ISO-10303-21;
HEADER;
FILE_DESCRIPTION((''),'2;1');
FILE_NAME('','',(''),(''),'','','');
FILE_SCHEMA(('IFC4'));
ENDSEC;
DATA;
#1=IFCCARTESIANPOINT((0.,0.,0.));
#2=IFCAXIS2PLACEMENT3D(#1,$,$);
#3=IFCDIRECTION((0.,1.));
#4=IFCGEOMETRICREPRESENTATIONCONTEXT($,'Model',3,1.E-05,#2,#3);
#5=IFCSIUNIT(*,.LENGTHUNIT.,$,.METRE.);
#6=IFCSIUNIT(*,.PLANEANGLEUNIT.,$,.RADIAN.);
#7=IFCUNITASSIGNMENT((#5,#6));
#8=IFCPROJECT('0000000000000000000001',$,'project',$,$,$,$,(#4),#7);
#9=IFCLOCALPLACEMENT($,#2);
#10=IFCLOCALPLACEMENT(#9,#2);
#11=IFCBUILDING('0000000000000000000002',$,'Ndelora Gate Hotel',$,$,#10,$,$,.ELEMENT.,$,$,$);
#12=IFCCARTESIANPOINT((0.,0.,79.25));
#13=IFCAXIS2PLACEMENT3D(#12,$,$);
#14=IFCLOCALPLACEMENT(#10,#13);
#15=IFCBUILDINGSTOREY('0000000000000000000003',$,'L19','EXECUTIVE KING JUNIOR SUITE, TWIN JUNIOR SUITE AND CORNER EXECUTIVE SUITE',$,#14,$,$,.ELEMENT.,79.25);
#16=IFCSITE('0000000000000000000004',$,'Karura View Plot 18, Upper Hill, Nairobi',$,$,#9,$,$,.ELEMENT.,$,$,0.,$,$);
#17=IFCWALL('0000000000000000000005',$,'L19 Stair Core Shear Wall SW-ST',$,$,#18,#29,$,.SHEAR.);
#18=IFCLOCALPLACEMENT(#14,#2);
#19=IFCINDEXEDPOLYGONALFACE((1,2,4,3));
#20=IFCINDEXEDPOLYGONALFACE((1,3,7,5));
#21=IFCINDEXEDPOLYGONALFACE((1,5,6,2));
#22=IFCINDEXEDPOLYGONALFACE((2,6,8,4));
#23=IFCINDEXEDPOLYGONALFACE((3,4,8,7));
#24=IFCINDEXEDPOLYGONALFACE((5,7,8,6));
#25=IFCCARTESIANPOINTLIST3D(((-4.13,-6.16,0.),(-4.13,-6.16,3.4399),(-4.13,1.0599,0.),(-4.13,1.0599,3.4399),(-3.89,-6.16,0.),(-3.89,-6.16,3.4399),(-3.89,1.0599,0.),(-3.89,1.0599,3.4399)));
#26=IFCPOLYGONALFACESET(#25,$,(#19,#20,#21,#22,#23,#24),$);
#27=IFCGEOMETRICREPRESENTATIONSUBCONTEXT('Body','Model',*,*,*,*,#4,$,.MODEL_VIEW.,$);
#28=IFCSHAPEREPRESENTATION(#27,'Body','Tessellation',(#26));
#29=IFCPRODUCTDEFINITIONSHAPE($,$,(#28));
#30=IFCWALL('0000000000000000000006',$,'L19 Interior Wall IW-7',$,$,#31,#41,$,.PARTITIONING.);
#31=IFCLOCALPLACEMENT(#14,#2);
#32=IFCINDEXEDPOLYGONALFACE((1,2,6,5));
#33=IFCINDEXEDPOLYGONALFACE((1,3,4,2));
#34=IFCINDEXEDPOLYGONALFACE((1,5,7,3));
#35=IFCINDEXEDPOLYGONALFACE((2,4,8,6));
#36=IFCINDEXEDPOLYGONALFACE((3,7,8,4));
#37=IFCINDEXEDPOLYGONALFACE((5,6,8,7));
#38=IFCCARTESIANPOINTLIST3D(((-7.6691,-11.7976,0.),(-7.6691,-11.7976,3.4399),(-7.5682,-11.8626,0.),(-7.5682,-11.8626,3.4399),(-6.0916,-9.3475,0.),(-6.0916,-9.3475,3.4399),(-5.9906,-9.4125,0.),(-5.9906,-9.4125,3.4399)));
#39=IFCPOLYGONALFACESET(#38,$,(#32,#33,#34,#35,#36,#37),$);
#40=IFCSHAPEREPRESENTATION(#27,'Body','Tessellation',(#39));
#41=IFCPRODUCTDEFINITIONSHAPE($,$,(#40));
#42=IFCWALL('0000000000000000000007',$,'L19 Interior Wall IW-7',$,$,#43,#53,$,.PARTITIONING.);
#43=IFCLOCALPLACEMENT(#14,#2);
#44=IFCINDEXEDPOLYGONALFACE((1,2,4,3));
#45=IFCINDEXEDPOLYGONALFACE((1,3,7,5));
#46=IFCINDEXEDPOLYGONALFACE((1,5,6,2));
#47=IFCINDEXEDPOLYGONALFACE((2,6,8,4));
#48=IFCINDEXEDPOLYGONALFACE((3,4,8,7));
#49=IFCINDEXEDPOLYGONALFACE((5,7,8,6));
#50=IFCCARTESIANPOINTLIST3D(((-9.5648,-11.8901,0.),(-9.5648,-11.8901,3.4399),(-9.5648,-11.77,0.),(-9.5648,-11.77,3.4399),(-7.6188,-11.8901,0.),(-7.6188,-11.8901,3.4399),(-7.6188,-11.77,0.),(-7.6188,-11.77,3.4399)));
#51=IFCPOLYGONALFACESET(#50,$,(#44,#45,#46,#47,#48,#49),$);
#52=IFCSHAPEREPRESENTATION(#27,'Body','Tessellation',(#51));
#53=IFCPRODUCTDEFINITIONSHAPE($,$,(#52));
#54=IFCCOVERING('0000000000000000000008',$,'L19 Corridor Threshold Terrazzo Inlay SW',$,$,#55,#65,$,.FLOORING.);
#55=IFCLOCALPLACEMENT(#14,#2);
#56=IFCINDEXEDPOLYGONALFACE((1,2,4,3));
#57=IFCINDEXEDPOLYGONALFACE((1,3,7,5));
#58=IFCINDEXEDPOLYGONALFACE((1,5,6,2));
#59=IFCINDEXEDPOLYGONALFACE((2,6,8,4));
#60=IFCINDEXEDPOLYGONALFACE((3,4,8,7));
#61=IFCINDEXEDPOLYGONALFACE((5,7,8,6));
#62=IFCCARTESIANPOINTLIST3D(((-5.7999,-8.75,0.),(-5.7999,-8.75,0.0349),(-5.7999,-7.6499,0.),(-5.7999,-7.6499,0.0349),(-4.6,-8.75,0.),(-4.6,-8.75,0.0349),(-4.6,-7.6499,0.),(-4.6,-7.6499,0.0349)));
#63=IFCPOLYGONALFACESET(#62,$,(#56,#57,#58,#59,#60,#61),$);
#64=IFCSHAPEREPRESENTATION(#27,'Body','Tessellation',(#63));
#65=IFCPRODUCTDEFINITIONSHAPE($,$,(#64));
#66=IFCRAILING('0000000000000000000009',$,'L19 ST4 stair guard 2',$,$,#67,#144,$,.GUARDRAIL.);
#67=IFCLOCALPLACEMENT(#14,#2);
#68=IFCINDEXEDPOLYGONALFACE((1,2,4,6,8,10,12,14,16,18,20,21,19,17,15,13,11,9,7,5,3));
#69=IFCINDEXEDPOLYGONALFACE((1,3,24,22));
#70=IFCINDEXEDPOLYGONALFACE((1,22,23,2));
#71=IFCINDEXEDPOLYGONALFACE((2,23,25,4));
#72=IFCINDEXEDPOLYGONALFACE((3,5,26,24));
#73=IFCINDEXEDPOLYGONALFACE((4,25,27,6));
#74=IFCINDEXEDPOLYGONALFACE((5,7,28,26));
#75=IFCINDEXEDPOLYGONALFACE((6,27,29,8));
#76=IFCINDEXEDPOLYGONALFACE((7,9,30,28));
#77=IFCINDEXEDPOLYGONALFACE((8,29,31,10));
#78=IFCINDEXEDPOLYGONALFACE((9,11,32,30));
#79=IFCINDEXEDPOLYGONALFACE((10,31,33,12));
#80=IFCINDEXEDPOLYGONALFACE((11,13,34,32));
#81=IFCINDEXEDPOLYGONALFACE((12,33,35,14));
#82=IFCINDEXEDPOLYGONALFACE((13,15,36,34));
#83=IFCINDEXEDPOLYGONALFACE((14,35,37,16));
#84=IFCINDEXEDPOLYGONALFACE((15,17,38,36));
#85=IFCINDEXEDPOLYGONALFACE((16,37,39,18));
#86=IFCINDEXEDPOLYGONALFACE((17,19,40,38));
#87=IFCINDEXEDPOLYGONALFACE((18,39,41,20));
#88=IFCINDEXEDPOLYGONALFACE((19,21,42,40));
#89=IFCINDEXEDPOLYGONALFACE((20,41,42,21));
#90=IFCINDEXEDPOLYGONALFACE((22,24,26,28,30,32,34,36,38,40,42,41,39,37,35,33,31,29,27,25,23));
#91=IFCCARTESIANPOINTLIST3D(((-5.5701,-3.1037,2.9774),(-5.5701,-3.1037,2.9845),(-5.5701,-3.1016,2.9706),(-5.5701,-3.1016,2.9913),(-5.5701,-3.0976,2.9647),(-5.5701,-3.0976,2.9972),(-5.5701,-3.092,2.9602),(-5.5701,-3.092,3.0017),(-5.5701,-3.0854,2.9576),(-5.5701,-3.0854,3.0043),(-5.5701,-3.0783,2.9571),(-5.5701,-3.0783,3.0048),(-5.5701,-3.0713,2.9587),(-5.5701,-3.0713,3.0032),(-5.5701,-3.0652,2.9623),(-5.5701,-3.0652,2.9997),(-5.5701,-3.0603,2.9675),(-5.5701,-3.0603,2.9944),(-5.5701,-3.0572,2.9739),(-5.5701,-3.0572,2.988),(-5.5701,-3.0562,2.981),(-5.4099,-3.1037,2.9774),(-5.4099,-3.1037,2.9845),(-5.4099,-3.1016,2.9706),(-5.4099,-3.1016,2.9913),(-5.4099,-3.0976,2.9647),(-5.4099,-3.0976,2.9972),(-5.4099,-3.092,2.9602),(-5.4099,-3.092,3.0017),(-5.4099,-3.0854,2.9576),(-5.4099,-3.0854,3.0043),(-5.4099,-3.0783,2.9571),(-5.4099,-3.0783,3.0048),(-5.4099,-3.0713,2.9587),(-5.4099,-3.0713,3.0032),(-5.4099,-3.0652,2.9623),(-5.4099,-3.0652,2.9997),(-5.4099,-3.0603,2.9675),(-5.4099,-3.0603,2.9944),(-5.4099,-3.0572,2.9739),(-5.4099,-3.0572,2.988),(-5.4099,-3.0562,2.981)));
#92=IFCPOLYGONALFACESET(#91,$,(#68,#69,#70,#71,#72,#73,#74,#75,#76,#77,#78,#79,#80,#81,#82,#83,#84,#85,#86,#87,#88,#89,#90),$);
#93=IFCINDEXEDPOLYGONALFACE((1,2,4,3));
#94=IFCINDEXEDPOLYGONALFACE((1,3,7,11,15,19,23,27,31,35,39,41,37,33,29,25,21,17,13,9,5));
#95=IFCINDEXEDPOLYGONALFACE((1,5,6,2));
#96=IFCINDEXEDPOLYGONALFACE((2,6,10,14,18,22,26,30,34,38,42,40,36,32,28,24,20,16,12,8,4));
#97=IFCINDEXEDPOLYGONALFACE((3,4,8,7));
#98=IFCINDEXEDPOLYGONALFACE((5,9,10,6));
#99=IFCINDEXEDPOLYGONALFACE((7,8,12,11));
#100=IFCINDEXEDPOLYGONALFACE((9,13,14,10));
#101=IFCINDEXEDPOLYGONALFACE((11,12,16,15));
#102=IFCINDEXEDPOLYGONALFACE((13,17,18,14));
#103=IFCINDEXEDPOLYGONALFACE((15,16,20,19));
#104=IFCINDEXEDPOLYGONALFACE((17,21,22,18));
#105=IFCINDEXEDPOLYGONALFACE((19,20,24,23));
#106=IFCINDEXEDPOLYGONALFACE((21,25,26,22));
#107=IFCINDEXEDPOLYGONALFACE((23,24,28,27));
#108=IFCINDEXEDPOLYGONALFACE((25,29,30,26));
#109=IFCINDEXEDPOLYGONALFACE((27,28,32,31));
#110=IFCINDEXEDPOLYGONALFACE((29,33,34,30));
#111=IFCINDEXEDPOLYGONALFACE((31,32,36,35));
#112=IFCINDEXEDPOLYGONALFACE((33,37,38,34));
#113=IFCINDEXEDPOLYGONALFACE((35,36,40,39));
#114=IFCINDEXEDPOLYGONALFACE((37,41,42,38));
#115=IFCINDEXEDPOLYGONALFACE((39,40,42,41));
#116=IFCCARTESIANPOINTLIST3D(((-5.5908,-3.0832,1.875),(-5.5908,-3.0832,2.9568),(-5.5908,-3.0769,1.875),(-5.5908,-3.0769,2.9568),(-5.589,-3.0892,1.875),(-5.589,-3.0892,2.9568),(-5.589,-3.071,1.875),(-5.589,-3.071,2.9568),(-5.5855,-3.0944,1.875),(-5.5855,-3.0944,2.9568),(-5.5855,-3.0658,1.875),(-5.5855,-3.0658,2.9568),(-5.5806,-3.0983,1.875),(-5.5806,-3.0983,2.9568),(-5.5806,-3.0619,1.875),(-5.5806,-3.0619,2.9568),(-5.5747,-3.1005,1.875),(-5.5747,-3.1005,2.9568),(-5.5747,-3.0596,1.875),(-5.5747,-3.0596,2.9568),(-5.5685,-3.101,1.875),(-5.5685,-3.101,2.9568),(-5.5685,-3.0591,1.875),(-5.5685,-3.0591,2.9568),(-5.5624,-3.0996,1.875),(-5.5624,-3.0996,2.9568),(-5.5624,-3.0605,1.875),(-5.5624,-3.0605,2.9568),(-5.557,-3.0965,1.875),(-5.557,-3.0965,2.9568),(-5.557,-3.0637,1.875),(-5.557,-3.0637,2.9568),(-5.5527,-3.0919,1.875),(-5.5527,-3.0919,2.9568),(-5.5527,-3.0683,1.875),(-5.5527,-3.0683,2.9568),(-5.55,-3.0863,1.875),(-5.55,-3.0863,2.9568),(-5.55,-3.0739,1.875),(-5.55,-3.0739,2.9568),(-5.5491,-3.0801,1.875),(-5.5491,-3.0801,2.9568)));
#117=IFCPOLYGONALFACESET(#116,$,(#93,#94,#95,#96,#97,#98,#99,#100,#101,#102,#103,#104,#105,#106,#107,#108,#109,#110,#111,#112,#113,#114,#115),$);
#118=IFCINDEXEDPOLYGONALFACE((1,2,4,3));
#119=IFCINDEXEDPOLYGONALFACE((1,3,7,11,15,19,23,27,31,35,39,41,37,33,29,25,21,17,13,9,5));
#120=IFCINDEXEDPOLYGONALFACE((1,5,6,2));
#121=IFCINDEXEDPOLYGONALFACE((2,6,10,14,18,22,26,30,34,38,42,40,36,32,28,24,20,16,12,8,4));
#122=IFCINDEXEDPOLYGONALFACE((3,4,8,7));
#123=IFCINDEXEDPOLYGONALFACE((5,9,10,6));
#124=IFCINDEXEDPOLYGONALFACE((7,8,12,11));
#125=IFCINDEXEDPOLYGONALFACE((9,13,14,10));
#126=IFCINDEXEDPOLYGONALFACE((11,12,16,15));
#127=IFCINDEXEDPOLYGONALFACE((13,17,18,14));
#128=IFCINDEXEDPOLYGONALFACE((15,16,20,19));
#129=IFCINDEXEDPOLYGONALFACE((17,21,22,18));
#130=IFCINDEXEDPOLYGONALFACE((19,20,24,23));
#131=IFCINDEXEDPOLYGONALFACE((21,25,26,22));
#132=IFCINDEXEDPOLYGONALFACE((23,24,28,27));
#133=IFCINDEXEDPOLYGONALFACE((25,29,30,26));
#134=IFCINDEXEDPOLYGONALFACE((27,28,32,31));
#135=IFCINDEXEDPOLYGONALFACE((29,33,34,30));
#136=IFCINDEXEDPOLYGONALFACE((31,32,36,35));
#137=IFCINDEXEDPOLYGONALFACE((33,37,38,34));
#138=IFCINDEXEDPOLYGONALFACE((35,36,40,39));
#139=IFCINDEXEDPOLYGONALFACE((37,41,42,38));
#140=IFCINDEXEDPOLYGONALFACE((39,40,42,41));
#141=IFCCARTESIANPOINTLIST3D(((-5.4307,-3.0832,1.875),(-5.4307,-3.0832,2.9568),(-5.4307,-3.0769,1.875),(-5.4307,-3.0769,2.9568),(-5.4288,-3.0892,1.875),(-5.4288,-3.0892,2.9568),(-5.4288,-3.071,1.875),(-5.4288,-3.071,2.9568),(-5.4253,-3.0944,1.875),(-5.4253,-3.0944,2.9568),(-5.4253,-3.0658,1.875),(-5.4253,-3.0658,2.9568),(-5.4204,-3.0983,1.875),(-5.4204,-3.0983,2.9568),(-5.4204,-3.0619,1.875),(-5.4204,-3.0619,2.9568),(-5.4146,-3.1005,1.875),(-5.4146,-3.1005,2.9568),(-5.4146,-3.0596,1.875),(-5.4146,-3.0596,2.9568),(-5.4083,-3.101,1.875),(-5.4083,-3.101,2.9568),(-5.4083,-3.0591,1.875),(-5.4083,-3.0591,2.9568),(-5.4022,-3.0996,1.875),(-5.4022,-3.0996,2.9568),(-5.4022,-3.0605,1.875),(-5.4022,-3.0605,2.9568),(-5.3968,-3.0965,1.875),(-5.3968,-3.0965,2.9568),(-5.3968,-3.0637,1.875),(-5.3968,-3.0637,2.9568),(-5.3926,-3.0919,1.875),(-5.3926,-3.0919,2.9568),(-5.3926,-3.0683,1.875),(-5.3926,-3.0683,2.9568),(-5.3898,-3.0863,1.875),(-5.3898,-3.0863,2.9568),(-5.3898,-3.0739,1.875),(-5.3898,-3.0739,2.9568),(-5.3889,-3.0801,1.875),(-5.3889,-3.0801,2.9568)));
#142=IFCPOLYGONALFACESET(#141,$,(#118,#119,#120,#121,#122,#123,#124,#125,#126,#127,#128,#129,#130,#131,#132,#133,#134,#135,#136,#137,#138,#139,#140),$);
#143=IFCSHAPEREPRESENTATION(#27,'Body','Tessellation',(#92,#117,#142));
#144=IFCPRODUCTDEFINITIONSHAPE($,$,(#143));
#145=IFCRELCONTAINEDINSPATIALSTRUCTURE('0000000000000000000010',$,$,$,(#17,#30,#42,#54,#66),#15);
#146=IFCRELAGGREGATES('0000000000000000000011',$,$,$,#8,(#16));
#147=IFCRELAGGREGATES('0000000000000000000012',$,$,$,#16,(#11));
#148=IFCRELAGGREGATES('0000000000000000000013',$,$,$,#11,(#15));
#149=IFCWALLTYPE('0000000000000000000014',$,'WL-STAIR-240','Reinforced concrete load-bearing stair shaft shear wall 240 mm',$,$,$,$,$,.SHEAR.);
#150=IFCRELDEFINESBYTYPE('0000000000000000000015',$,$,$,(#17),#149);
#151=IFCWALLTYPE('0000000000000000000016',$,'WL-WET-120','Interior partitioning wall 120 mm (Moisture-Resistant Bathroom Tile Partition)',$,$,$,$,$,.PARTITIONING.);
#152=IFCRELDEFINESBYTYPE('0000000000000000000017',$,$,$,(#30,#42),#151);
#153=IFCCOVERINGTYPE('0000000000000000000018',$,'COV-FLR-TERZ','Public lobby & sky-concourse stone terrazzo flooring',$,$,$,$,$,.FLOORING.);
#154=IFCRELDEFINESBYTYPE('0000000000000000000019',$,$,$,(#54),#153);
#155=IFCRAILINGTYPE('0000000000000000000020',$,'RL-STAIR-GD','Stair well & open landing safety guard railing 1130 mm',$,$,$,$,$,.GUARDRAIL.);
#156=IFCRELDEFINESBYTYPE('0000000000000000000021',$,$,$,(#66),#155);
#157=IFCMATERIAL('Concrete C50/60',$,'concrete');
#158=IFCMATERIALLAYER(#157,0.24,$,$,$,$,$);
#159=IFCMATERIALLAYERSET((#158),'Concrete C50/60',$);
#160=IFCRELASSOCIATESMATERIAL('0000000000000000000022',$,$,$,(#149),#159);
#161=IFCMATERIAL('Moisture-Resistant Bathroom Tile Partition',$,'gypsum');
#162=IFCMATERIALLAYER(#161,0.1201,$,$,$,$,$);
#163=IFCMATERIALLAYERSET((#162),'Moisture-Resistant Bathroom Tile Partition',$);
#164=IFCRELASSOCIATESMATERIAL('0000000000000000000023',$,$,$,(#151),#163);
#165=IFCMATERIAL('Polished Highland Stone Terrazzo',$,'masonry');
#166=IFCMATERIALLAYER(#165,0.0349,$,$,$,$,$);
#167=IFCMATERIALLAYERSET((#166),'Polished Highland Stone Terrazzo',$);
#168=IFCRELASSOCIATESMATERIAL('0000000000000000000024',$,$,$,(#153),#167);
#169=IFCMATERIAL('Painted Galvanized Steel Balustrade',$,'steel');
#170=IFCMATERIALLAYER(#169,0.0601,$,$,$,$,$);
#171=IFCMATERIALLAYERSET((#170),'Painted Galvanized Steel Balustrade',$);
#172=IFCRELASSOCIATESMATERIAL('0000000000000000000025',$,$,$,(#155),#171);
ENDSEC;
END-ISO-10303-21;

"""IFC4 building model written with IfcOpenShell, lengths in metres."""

from ifc_helpers import new_model, si_unit, direction, frame, frame_2d, origin, origin_2d, place, context, subcontext, project, spatial, rectangle, circle, extrude, material, layer, layer_set, type_object, element, save


model = new_model("IFC4")

# Units and contexts
model_context = context("Model", 3, precision=1e-05, world=origin(), true_north=direction((0.0, 1.0)))
body_context = subcontext(model_context, "Body", "Model", "MODEL_VIEW")
ifc_project = project(units=[si_unit("LENGTHUNIT", "METRE"), si_unit("PLANEANGLEUNIT", "RADIAN")], contexts=[model_context])

# Site, building, storey
site_placement = place(None, origin())
site = spatial("IfcSite", under=ifc_project, at=site_placement, Name="Karura View Plot 18, Upper Hill, Nairobi", CompositionType="ELEMENT", RefElevation=0.0)
building_placement = place(site_placement, origin())
building = spatial("IfcBuilding", under=site, at=building_placement, Name="Ndelora Gate Hotel", CompositionType="ELEMENT")
storey_placement = place(building_placement, frame((0.0, 0.0, 79.25)))
storey = spatial("IfcBuildingStorey", under=building, at=storey_placement, Name="L19", Description="EXECUTIVE KING JUNIOR SUITE, TWIN JUNIOR SUITE AND CORNER EXECUTIVE SUITE", CompositionType="ELEMENT", Elevation=79.25)

# Walls
ifc_material_1 = material(Name="Concrete C50/60", Category="concrete")
ifc_layer_1 = layer(ifc_material_1, 0.24)
ifc_layer_set_1 = layer_set([ifc_layer_1], Name="Concrete C50/60")
wall_type_1 = type_object("IfcWallType", Name="WL-STAIR-240", Description="Reinforced concrete load-bearing stair shaft shear wall 240 mm", PredefinedType="SHEAR", material=ifc_layer_set_1)
wall_1_placement = place(storey_placement, frame((-4.01, -6.1599, 0.0), z_axis=(0.0, 0.0, 1.0), x_axis=(0.0, 1.0, 0.0)))
element("IfcWall", 1, at=wall_1_placement, inside=storey, type_object=wall_type_1, Name="L19 Stair Core Shear Wall SW-ST", PredefinedType="SHEAR", context=body_context, shape_type="SweptSolid", body=[
    extrude(rectangle(XDim=7.22, YDim=0.24, at=frame_2d((3.6099, 0.0))), origin(), (0.0, 0.0, 1.0), 3.4399),
])
ifc_material_2 = material(Name="Moisture-Resistant Bathroom Tile Partition", Category="gypsum")
ifc_layer_2 = layer(ifc_material_2, 0.1201)
ifc_layer_set_2 = layer_set([ifc_layer_2], Name="Moisture-Resistant Bathroom Tile Partition")
wall_type_2 = type_object("IfcWallType", Name="WL-WET-120", Description="Interior partitioning wall 120 mm (Moisture-Resistant Bathroom Tile Partition)", PredefinedType="PARTITIONING", material=ifc_layer_set_2)
wall_2_placement = place(storey_placement, frame((-7.6187, -11.8301, 0.0), z_axis=(0.0, 0.0, 1.0), x_axis=(0.541367, 0.840786, 0.0)))
element("IfcWall", 2, at=wall_2_placement, inside=storey, type_object=wall_type_2, Name="L19 Interior Wall IW-7", PredefinedType="PARTITIONING", context=body_context, shape_type="SweptSolid", body=[
    extrude(rectangle(XDim=2.9141, YDim=0.1201, at=frame_2d((1.457, 0.0))), origin(), (0.0, 0.0, 1.0), 3.4399),
])
wall_3_placement = place(storey_placement, frame((-7.6187, -11.8301, 0.0), z_axis=(0.0, 0.0, 1.0), x_axis=(-1.0, 0.0, 0.0)))
element("IfcWall", 3, at=wall_3_placement, inside=storey, type_object=wall_type_2, Name="L19 Interior Wall IW-7", PredefinedType="PARTITIONING", context=body_context, shape_type="SweptSolid", body=[
    extrude(rectangle(XDim=1.946, YDim=0.1201, at=frame_2d((0.9731, 0.0))), origin(), (0.0, 0.0, 1.0), 3.4399),
])

# Covering
ifc_material_3 = material(Name="Polished Highland Stone Terrazzo", Category="masonry")
ifc_layer_3 = layer(ifc_material_3, 0.0349)
ifc_layer_set_3 = layer_set([ifc_layer_3], Name="Polished Highland Stone Terrazzo")
covering_type = type_object("IfcCoveringType", Name="COV-FLR-TERZ", Description="Public lobby & sky-concourse stone terrazzo flooring", PredefinedType="FLOORING", material=ifc_layer_set_3)
covering_placement = place(storey_placement, frame((-5.2, -8.2, 0.0), z_axis=(0.0, 0.0, 1.0), x_axis=(1.0, 0.0, 0.0)))
element("IfcCovering", 4, at=covering_placement, inside=storey, type_object=covering_type, Name="L19 Corridor Threshold Terrazzo Inlay SW", PredefinedType="FLOORING", context=body_context, shape_type="SweptSolid", body=[
    extrude(rectangle(XDim=1.2, YDim=1.1001, at=origin_2d()), origin(), (0.0, 0.0, 1.0), 0.0349),
])

# Railing
ifc_material_4 = material(Name="Painted Galvanized Steel Balustrade", Category="steel")
ifc_layer_4 = layer(ifc_material_4, 0.0601)
ifc_layer_set_4 = layer_set([ifc_layer_4], Name="Painted Galvanized Steel Balustrade")
railing_type = type_object("IfcRailingType", Name="RL-STAIR-GD", Description="Stair well & open landing safety guard railing 1130 mm", PredefinedType="GUARDRAIL", material=ifc_layer_set_4)
railing_1_placement = place(storey_placement, frame((-5.5701, -3.0801, 1.875)))
element("IfcRailing", 5, at=railing_1_placement, inside=storey, type_object=railing_type, Name="L19 ST4 stair guard 2", PredefinedType="GUARDRAIL", context=body_context, shape_type="SweptSolid", body=[
    extrude(circle(Radius=0.0239, at=origin_2d()), frame((0.0, 0.0, 1.106), z_axis=(1.0, 0.0, 0.0), x_axis=(0.0, 1.0, 0.0)), (0.0, 0.0, 1.0), 0.1602),
    extrude(circle(Radius=0.021, at=origin_2d()), origin(), (0.0, 0.0, 1.0), 1.0818),
    extrude(circle(Radius=0.021, at=origin_2d()), frame((0.1602, 0.0, 0.0)), (0.0, 0.0, 1.0), 1.0818),
])

save(model, "model.ifc")
